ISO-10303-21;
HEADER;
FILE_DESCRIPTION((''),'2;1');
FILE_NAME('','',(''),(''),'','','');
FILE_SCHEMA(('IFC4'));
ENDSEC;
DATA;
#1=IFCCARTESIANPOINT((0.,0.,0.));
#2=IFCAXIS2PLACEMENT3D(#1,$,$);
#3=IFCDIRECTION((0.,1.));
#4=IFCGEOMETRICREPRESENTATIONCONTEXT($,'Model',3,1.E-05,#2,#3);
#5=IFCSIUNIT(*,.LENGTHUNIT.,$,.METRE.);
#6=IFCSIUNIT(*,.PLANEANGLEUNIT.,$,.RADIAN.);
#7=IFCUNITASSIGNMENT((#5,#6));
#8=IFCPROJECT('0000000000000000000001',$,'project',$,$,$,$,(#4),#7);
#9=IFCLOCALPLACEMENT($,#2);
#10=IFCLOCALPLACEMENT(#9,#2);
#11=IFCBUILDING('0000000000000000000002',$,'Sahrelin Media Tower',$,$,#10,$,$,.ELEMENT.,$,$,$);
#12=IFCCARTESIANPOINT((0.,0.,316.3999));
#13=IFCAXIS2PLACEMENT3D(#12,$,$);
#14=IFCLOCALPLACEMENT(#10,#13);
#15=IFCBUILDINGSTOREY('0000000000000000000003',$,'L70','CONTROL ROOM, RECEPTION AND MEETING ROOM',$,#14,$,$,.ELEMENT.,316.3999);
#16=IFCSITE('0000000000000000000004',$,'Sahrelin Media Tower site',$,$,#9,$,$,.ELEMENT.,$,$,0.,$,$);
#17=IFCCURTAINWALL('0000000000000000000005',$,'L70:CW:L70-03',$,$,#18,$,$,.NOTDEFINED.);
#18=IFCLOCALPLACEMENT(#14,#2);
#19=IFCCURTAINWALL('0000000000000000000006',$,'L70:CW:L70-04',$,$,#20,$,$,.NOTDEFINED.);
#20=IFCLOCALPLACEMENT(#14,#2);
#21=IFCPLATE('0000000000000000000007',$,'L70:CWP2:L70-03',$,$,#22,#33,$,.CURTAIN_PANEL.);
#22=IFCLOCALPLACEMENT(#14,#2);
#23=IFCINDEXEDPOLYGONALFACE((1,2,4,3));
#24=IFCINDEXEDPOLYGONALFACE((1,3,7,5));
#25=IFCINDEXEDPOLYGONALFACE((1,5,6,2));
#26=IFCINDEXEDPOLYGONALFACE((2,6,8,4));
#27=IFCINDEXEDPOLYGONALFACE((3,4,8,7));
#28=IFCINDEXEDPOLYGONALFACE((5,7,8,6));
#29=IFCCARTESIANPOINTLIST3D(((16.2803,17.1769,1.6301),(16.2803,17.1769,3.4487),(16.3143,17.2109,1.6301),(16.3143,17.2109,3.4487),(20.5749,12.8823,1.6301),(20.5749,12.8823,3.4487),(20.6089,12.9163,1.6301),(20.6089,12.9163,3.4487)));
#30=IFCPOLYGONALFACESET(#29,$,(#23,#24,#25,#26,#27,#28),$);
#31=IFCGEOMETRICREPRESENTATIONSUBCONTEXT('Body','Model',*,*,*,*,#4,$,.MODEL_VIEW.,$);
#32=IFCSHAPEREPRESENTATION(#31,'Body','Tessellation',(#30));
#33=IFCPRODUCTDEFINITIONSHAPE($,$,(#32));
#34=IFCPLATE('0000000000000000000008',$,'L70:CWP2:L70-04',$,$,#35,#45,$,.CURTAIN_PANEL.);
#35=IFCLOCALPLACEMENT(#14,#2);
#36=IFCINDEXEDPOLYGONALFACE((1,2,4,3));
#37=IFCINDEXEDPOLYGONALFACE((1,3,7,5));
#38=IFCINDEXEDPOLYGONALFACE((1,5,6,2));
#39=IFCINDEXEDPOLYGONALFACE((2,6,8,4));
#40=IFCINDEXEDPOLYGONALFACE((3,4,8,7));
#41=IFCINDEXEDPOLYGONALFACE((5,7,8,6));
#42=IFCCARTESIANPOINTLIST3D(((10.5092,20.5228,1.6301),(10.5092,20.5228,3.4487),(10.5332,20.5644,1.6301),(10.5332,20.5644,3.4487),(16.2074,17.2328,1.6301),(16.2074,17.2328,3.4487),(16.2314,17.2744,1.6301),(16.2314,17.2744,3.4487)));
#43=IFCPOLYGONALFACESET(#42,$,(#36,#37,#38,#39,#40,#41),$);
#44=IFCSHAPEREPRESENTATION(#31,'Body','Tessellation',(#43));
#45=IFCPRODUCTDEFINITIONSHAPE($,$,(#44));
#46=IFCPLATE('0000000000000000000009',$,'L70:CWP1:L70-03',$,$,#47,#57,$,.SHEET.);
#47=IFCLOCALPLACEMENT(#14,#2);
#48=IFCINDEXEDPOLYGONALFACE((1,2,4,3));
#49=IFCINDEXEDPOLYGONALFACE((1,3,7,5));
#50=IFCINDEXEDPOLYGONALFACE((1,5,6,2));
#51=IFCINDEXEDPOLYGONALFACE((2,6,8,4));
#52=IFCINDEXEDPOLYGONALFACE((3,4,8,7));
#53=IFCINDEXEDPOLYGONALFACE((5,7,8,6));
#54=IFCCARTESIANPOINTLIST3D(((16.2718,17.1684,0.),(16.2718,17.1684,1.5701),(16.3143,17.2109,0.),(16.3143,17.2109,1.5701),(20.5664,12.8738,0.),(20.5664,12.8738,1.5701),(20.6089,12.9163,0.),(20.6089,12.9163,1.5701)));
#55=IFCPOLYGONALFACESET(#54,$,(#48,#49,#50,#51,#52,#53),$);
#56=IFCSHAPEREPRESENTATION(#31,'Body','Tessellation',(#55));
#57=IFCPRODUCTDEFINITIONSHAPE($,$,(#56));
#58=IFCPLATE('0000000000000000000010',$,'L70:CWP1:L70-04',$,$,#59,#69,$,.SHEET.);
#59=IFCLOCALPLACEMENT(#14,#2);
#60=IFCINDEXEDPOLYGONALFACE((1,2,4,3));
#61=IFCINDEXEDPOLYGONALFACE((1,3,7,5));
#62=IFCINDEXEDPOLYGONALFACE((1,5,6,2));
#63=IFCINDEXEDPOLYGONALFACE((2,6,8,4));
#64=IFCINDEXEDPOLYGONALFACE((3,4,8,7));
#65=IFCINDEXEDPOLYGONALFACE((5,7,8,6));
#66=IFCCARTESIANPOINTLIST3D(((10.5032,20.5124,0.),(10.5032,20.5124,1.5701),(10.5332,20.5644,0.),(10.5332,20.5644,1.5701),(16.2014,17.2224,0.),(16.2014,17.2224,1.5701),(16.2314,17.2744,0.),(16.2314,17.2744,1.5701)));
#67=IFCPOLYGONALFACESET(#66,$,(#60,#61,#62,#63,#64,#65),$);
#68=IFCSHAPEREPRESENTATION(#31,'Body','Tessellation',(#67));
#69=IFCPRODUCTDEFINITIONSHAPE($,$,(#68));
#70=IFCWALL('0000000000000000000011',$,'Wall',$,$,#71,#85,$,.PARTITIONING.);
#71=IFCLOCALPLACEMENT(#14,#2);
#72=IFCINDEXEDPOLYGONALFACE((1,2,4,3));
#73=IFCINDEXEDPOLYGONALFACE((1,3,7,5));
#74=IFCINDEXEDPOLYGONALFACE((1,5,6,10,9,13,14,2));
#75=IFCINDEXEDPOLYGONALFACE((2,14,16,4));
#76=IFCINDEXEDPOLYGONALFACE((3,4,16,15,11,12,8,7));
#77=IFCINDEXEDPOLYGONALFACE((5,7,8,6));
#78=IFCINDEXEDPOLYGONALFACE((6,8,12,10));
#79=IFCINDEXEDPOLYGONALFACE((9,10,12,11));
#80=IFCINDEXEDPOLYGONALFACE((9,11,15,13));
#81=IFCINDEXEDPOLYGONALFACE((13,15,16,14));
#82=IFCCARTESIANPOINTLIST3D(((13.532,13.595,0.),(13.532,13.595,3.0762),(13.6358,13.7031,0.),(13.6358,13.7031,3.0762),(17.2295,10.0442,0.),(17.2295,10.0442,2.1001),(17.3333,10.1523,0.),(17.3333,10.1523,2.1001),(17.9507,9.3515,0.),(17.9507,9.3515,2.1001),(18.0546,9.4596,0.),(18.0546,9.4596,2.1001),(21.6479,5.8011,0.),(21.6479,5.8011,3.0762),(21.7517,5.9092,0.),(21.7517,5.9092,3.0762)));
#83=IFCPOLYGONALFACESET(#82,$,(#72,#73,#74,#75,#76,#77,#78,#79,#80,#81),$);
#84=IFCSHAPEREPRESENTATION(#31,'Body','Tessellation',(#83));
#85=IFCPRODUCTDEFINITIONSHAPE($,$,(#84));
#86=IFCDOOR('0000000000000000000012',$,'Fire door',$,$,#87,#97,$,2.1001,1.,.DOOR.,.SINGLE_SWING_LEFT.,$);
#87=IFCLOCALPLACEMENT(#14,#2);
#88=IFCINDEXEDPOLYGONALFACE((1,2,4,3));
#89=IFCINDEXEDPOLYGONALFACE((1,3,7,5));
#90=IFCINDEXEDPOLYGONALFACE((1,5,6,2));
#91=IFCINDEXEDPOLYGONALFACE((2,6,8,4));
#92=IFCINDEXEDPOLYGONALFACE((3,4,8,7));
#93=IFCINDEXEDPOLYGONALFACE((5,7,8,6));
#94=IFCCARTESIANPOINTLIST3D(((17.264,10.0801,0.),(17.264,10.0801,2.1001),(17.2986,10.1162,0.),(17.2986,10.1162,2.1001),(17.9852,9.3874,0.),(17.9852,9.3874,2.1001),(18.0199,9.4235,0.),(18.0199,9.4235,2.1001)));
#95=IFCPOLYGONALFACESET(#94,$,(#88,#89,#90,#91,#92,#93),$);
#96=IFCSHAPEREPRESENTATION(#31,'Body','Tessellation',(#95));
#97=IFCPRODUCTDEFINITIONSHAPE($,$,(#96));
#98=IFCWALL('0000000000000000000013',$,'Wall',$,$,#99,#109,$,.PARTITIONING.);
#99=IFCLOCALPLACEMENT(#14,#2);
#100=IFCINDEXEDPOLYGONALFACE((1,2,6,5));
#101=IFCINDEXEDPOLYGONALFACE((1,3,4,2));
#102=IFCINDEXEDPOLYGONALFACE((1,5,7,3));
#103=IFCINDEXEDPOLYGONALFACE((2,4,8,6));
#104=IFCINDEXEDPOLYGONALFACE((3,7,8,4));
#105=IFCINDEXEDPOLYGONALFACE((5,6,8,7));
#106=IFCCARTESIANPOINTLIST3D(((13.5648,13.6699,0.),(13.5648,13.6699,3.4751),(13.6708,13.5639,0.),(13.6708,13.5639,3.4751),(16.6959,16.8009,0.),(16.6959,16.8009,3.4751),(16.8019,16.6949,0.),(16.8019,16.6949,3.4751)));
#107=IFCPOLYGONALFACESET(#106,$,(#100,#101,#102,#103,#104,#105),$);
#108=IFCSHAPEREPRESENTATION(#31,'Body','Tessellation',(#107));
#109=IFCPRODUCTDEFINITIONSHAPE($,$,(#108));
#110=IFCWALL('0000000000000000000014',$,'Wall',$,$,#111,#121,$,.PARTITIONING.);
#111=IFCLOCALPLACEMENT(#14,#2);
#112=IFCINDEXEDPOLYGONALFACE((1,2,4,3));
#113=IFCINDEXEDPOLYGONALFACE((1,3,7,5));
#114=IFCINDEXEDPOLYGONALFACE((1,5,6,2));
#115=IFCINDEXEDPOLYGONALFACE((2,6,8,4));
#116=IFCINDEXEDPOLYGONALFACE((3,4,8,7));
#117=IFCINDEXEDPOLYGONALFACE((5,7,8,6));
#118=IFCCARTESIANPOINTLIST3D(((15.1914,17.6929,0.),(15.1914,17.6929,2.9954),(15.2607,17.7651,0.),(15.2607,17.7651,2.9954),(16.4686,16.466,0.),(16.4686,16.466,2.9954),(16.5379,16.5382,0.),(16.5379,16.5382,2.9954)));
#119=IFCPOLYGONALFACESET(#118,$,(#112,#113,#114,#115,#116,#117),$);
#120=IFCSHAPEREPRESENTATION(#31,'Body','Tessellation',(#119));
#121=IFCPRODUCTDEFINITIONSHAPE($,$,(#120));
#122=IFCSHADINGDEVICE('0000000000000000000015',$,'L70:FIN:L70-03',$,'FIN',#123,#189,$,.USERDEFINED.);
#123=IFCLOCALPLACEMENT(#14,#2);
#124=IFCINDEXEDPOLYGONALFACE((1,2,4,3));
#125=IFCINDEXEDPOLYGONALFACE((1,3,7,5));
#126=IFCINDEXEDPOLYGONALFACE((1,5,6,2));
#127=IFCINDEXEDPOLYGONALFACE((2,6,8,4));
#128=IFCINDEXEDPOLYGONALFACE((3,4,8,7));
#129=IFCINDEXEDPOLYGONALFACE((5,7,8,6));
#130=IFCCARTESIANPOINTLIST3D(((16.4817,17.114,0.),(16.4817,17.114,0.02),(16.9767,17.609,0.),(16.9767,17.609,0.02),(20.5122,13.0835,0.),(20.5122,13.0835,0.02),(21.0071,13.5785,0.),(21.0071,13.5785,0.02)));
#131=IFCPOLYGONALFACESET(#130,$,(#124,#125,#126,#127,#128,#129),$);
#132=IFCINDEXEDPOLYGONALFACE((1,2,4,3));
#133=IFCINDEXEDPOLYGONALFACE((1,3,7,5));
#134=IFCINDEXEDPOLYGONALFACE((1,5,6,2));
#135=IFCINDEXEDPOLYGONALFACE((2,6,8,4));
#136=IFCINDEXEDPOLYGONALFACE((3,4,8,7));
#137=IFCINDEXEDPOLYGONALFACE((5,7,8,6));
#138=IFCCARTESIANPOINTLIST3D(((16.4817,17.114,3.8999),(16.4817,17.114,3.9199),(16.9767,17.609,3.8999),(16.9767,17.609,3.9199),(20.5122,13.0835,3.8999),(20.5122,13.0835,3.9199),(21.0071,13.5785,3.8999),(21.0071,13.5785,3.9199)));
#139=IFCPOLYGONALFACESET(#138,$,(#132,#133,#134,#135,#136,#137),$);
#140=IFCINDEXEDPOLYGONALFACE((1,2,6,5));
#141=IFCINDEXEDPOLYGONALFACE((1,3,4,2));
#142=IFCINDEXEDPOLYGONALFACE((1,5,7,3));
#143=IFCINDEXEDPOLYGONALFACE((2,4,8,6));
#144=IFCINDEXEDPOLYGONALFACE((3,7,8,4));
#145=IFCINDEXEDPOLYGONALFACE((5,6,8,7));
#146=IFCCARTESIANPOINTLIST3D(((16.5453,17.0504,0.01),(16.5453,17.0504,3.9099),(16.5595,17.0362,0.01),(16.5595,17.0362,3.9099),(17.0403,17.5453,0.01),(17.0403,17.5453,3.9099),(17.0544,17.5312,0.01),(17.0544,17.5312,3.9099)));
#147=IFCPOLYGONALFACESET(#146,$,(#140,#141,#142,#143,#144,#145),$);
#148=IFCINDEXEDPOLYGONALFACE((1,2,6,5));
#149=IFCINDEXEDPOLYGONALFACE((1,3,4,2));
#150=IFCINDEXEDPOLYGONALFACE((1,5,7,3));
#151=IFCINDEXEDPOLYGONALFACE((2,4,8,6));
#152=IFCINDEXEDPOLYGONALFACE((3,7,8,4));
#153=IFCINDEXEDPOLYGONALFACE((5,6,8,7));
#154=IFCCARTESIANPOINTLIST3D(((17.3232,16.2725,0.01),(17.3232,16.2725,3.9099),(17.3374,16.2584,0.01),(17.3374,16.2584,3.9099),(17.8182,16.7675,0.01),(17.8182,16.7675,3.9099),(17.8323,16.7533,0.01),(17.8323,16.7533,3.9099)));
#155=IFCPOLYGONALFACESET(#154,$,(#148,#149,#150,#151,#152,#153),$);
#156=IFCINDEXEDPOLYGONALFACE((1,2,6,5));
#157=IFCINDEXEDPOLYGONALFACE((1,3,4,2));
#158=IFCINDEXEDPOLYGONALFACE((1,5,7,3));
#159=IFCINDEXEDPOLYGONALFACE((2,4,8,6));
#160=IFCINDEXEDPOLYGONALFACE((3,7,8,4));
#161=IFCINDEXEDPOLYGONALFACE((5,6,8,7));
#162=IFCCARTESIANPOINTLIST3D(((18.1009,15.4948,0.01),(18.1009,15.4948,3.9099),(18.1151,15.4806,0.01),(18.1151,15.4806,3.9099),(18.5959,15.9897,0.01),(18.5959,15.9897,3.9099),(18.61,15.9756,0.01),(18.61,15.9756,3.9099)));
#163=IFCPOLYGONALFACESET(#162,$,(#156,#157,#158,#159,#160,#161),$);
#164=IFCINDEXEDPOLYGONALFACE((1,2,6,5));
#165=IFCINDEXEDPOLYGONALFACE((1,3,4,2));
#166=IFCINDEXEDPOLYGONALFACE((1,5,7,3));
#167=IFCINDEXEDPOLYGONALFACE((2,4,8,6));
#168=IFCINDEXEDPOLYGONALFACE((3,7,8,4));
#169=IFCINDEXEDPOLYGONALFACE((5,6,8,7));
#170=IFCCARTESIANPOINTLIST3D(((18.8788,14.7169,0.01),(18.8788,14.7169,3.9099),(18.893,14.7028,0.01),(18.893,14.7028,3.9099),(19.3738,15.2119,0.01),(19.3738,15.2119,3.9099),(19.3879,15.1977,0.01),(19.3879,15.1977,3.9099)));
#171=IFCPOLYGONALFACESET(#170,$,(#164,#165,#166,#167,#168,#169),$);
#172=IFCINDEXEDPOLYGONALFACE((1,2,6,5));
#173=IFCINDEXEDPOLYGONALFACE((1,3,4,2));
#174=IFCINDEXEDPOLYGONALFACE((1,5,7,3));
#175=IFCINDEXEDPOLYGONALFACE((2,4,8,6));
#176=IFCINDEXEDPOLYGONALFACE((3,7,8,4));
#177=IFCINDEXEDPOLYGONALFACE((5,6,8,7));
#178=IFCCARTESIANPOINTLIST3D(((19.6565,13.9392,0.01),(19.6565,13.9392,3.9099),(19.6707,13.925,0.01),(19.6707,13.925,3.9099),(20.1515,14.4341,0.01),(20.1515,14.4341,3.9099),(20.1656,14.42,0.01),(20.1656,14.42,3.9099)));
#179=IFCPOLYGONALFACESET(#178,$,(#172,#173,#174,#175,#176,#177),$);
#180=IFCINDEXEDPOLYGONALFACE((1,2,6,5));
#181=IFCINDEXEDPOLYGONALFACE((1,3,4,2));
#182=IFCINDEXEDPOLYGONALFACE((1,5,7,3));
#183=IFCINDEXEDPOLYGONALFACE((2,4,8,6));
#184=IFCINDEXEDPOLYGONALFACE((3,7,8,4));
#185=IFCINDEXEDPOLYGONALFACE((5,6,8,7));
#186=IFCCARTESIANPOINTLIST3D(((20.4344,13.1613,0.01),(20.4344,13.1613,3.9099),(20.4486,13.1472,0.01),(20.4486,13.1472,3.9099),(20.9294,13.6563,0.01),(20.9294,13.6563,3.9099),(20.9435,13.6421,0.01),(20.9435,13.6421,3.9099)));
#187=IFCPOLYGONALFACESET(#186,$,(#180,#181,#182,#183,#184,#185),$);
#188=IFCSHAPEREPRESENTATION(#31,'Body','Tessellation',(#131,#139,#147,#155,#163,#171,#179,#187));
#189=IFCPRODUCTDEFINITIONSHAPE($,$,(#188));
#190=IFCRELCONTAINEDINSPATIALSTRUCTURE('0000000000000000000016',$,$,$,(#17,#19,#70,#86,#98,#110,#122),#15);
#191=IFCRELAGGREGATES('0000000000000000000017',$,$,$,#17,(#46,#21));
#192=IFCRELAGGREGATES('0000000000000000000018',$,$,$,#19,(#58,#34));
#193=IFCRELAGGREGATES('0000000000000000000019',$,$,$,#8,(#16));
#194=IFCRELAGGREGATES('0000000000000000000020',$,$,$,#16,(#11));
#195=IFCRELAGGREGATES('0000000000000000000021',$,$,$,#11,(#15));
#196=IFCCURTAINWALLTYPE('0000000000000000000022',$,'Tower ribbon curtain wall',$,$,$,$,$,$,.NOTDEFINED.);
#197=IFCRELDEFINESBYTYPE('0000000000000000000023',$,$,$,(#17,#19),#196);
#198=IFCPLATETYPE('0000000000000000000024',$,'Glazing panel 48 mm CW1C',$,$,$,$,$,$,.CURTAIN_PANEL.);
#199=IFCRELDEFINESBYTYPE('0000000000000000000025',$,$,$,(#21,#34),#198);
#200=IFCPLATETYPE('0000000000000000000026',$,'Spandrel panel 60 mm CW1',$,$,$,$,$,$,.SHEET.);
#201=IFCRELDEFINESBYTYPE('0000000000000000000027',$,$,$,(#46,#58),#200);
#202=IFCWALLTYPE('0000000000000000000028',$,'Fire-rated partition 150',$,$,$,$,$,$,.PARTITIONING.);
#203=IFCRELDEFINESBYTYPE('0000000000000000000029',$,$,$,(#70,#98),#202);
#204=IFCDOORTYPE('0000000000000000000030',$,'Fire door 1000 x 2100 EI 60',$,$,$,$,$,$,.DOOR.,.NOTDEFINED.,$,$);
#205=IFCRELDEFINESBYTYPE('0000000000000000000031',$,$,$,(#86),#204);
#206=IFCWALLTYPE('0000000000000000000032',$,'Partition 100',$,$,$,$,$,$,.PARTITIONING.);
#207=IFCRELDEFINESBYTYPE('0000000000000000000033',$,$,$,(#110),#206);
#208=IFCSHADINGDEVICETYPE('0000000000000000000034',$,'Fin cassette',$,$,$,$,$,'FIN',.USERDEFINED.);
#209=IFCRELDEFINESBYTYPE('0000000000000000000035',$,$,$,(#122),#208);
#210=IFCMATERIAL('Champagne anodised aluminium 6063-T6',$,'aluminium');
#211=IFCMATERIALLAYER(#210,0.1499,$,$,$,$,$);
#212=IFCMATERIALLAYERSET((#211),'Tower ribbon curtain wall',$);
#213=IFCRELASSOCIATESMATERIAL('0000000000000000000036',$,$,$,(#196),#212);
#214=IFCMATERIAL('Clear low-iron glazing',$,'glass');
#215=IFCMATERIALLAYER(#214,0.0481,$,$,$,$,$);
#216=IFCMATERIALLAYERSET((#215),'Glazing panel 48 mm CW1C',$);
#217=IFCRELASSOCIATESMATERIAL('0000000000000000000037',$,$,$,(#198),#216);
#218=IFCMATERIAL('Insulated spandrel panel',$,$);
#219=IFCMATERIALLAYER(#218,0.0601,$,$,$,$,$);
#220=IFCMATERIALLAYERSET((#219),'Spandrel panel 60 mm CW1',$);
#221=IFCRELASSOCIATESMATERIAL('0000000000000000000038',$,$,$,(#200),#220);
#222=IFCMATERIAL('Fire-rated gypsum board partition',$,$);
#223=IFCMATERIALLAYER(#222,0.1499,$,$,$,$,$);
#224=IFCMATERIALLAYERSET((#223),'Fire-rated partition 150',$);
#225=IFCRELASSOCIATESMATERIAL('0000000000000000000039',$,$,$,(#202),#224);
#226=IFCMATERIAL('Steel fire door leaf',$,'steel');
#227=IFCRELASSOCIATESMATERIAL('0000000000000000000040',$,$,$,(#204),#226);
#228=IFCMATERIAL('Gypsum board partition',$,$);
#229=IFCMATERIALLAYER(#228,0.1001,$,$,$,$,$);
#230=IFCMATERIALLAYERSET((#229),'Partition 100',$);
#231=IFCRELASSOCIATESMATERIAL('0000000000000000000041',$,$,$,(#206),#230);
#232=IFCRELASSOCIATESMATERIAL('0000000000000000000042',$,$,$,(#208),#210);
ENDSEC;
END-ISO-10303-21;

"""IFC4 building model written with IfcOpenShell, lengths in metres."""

from ifc_helpers import new_model, si_unit, direction, frame, frame_2d, origin, origin_2d, place, context, subcontext, project, spatial, polyline, rectangle, outline, extrude, material, layer, layer_set, type_object, element, fill, aggregate, save


model = new_model("IFC4")

# Units and contexts
model_context = context("Model", 3, precision=1e-05, world=origin(), true_north=direction((0.0, 1.0)))
body_context = subcontext(model_context, "Body", "Model", "MODEL_VIEW")
ifc_project = project(units=[si_unit("LENGTHUNIT", "METRE"), si_unit("PLANEANGLEUNIT", "RADIAN")], contexts=[model_context])

# Site, building, storey
site_placement = place(None, origin())
site = spatial("IfcSite", under=ifc_project, at=site_placement, Name="Sahrelin Media Tower site", CompositionType="ELEMENT", RefElevation=0.0)
building_placement = place(site_placement, origin())
building = spatial("IfcBuilding", under=site, at=building_placement, Name="Sahrelin Media Tower", CompositionType="ELEMENT")
storey_placement = place(building_placement, frame((0.0, 0.0, 316.3999)))
storey = spatial("IfcBuildingStorey", under=building, at=storey_placement, Name="L70", Description="CONTROL ROOM, RECEPTION AND MEETING ROOM", CompositionType="ELEMENT", Elevation=316.3999)

# Curtain wall
ifc_material_1 = material(Name="Champagne anodised aluminium 6063-T6", Category="aluminium")
ifc_layer_1 = layer(ifc_material_1, 0.1499)
ifc_layer_set_1 = layer_set([ifc_layer_1], Name="Tower ribbon curtain wall")
curtain_wall_type = type_object("IfcCurtainWallType", Name="Tower ribbon curtain wall", PredefinedType="NOTDEFINED", material=ifc_layer_set_1)
curtain_wall_1_placement = place(storey_placement, frame((18.4475, 15.0493, 0.0), z_axis=(0.0, 0.0, 1.0), x_axis=(1.0, 0.0, 0.0)))
curtain_wall_1 = element("IfcCurtainWall", 1, at=curtain_wall_1_placement, inside=storey, type_object=curtain_wall_type, Name="L70:CW:L70-03", PredefinedType="NOTDEFINED")

# Curtain wall
curtain_wall_2_placement = place(storey_placement, frame((13.3723, 18.9021, 0.0), z_axis=(0.0, 0.0, 1.0), x_axis=(1.0, 0.0, 0.0)))
curtain_wall_2 = element("IfcCurtainWall", 2, at=curtain_wall_2_placement, inside=storey, type_object=curtain_wall_type, Name="L70:CW:L70-04", PredefinedType="NOTDEFINED")

# Plates
ifc_material_2 = material(Name="Clear low-iron glazing", Category="glass")
ifc_layer_2 = layer(ifc_material_2, 0.0481)
ifc_layer_set_2 = layer_set([ifc_layer_2], Name="Glazing panel 48 mm CW1C")
plate_type_1 = type_object("IfcPlateType", Name="Glazing panel 48 mm CW1C", PredefinedType="CURTAIN_PANEL", material=ifc_layer_set_2)
plate_1_placement = place(storey_placement, frame((20.6089, 12.9163, 1.6301), z_axis=(0.707107, 0.707107, 0.0), x_axis=(-0.707107, 0.707107, 0.0)))
plate_1 = element("IfcPlate", 3, at=plate_1_placement, type_object=plate_type_1, Name="L70:CWP2:L70-03", PredefinedType="CURTAIN_PANEL", context=body_context, shape_type="SweptSolid", body=[
    extrude(outline(polyline([(0.0, 0.0), (6.0735, 0.0), (6.0735, 1.8186), (0.0, 1.8186), (0.0, 0.0)])), origin(), (0.0, 0.0, -1.0), 0.0481),
])
plate_2_placement = place(storey_placement, frame((16.2314, 17.2744, 1.6301), z_axis=(0.500018, 0.866015, 0.0), x_axis=(-0.866015, 0.500018, 0.0)))
plate_2 = element("IfcPlate", 4, at=plate_2_placement, type_object=plate_type_1, Name="L70:CWP2:L70-04", PredefinedType="CURTAIN_PANEL", context=body_context, shape_type="SweptSolid", body=[
    extrude(outline(polyline([(0.0, 0.0), (6.5798, 0.0), (6.5798, 1.8186), (0.0, 1.8186), (0.0, 0.0)])), origin(), (0.0, 0.0, -1.0), 0.0481),
])
ifc_material_3 = material(Name="Insulated spandrel panel")
ifc_layer_3 = layer(ifc_material_3, 0.0601)
ifc_layer_set_3 = layer_set([ifc_layer_3], Name="Spandrel panel 60 mm CW1")
plate_type_2 = type_object("IfcPlateType", Name="Spandrel panel 60 mm CW1", PredefinedType="SHEET", material=ifc_layer_set_3)
plate_3_placement = place(storey_placement, frame((20.6089, 12.9163, 0.0), z_axis=(0.707107, 0.707107, 0.0), x_axis=(-0.707107, 0.707107, 0.0)))
plate_3 = element("IfcPlate", 5, at=plate_3_placement, type_object=plate_type_2, Name="L70:CWP1:L70-03", PredefinedType="SHEET", context=body_context, shape_type="SweptSolid", body=[
    extrude(outline(polyline([(0.0, 0.0), (6.0735, 0.0), (6.0735, 1.5701), (0.0, 1.5701), (0.0, 0.0)])), origin(), (0.0, 0.0, -1.0), 0.0601),
])
aggregate(curtain_wall_1, [plate_3, plate_1])
plate_4_placement = place(storey_placement, frame((16.2314, 17.2744, 0.0), z_axis=(0.500018, 0.866015, 0.0), x_axis=(-0.866015, 0.500018, 0.0)))
plate_4 = element("IfcPlate", 6, at=plate_4_placement, type_object=plate_type_2, Name="L70:CWP1:L70-04", PredefinedType="SHEET", context=body_context, shape_type="SweptSolid", body=[
    extrude(outline(polyline([(0.0, 0.0), (6.5798, 0.0), (6.5798, 1.5701), (0.0, 1.5701), (0.0, 0.0)])), origin(), (0.0, 0.0, -1.0), 0.0601),
])
aggregate(curtain_wall_2, [plate_4, plate_2])

# Wall, opening, door
ifc_material_4 = material(Name="Fire-rated gypsum board partition")
ifc_layer_4 = layer(ifc_material_4, 0.1499)
ifc_layer_set_4 = layer_set([ifc_layer_4], Name="Fire-rated partition 150")
wall_type_1 = type_object("IfcWallType", Name="Fire-rated partition 150", PredefinedType="PARTITIONING", material=ifc_layer_set_4)
wall_1_placement = place(storey_placement, frame((13.584, 13.6489, 0.0), z_axis=(0.0, 0.0, 1.0), x_axis=(0.721271, -0.692653, 0.0)))
wall_1 = element("IfcWall", 7, at=wall_1_placement, inside=storey, type_object=wall_type_1, Name="Wall", PredefinedType="PARTITIONING", context=body_context, shape_type="SweptSolid", body=[
    extrude(rectangle(XDim=11.2522, YDim=0.1499, at=frame_2d((5.626, 0.0))), origin(), (0.0, 0.0, 1.0), 3.0762),
])
opening_placement = place(wall_1_placement, frame((5.1262, 0.0, 0.0)))
opening = element("IfcOpeningElement", 8, at=opening_placement, cuts=wall_1, PredefinedType="OPENING", context=body_context, shape_type="SweptSolid", body=[
    extrude(rectangle(XDim=1.0, YDim=2.1001, at=frame_2d((0.5, 1.05))), frame((0.0, 0.075, 0.0), z_axis=(0.0, -1.0, 0.0), x_axis=(1.0, 0.0, 0.0)), (0.0, 0.0, 1.0), 0.1499),
])
ifc_material_5 = material(Name="Steel fire door leaf", Category="steel")
door_type = type_object("IfcDoorType", Name="Fire door 1000 x 2100 EI 60", OperationType="NOTDEFINED", PredefinedType="DOOR", material=ifc_material_5)
door_placement = place(opening_placement, origin())
door = element("IfcDoor", 9, at=door_placement, inside=storey, type_object=door_type, Name="Fire door", OperationType="SINGLE_SWING_LEFT", OverallHeight=2.1001, OverallWidth=1.0, PredefinedType="DOOR", context=body_context, shape_type="SweptSolid", body=[
    extrude(rectangle(XDim=1.0, YDim=2.1001, at=frame_2d((0.5, 1.05))), frame((0.0, 0.0249, 0.0), z_axis=(0.0, -1.0, 0.0), x_axis=(1.0, 0.0, 0.0)), (0.0, 0.0, 1.0), 0.05),
])
fill(opening, door)

# Walls
wall_2_placement = place(storey_placement, frame((13.6179, 13.6169, 0.0), z_axis=(0.0, 0.0, 1.0), x_axis=(0.707107, 0.707107, 0.0)))
element("IfcWall", 10, at=wall_2_placement, inside=storey, type_object=wall_type_1, Name="Wall", PredefinedType="PARTITIONING", context=body_context, shape_type="SweptSolid", body=[
    extrude(rectangle(XDim=4.428, YDim=0.1499, at=frame_2d((2.2139, 0.0))), origin(), (0.0, 0.0, 1.0), 3.4751),
])
ifc_material_6 = material(Name="Gypsum board partition")
ifc_layer_5 = layer(ifc_material_6, 0.1001)
ifc_layer_set_5 = layer_set([ifc_layer_5], Name="Partition 100")
wall_type_2 = type_object("IfcWallType", Name="Partition 100", PredefinedType="PARTITIONING", material=ifc_layer_set_5)
wall_3_placement = place(storey_placement, frame((15.2261, 17.729, 0.0), z_axis=(0.0, 0.0, 1.0), x_axis=(0.721164, -0.692764, 0.0)))
element("IfcWall", 11, at=wall_3_placement, inside=storey, type_object=wall_type_2, Name="Wall", PredefinedType="PARTITIONING", context=body_context, shape_type="SweptSolid", body=[
    extrude(rectangle(XDim=1.771, YDim=0.1001, at=frame_2d((0.8855, 0.0))), origin(), (0.0, 0.0, 1.0), 2.9954),
])

# Shading device
shading_device_type_1 = type_object("IfcShadingDeviceType", Name="Fin cassette", ElementType="FIN", PredefinedType="USERDEFINED", material=ifc_material_1)
placement_1 = place(storey_placement, frame((18.4475, 15.0493, 0.0), z_axis=(0.0, 0.0, 1.0), x_axis=(0.707107, -0.707107, 0.0)))
element("IfcShadingDevice", 12, at=placement_1, inside=storey, type_object=shading_device_type_1, Name="L70:FIN:L70-03", ObjectType="FIN", PredefinedType="USERDEFINED", context=body_context, shape_type="SweptSolid", body=[
    extrude(rectangle(XDim=5.7, YDim=0.7, at=origin_2d()), frame((0.0, 0.4199, 0.0)), (0.0, 0.0, 1.0), 0.02),
    extrude(rectangle(XDim=5.7, YDim=0.7, at=origin_2d()), frame((0.0, 0.4199, 3.8999)), (0.0, 0.0, 1.0), 0.02),
    extrude(rectangle(XDim=0.02, YDim=0.7, at=origin_2d()), frame((-2.75, 0.4199, 0.01), z_axis=(0.0, 0.0, 1.0), x_axis=(1.0, 0.0, 0.0)), (0.0, 0.0, 1.0), 3.8999),
    extrude(rectangle(XDim=0.02, YDim=0.7, at=origin_2d()), frame((-1.6499, 0.4199, 0.01), z_axis=(0.0, 0.0, 1.0), x_axis=(1.0, 0.0, 0.0)), (0.0, 0.0, 1.0), 3.8999),
    extrude(rectangle(XDim=0.02, YDim=0.7, at=origin_2d()), frame((-0.55, 0.4199, 0.01), z_axis=(0.0, 0.0, 1.0), x_axis=(1.0, 0.0, 0.0)), (0.0, 0.0, 1.0), 3.8999),
    extrude(rectangle(XDim=0.02, YDim=0.7, at=origin_2d()), frame((0.55, 0.4199, 0.01), z_axis=(0.0, 0.0, 1.0), x_axis=(1.0, 0.0, 0.0)), (0.0, 0.0, 1.0), 3.8999),
    extrude(rectangle(XDim=0.02, YDim=0.7, at=origin_2d()), frame((1.6499, 0.4199, 0.01), z_axis=(0.0, 0.0, 1.0), x_axis=(1.0, 0.0, 0.0)), (0.0, 0.0, 1.0), 3.8999),
    extrude(rectangle(XDim=0.02, YDim=0.7, at=origin_2d()), frame((2.75, 0.4199, 0.01), z_axis=(0.0, 0.0, 1.0), x_axis=(1.0, 0.0, 0.0)), (0.0, 0.0, 1.0), 3.8999),
])

save(model, "model.ifc")
